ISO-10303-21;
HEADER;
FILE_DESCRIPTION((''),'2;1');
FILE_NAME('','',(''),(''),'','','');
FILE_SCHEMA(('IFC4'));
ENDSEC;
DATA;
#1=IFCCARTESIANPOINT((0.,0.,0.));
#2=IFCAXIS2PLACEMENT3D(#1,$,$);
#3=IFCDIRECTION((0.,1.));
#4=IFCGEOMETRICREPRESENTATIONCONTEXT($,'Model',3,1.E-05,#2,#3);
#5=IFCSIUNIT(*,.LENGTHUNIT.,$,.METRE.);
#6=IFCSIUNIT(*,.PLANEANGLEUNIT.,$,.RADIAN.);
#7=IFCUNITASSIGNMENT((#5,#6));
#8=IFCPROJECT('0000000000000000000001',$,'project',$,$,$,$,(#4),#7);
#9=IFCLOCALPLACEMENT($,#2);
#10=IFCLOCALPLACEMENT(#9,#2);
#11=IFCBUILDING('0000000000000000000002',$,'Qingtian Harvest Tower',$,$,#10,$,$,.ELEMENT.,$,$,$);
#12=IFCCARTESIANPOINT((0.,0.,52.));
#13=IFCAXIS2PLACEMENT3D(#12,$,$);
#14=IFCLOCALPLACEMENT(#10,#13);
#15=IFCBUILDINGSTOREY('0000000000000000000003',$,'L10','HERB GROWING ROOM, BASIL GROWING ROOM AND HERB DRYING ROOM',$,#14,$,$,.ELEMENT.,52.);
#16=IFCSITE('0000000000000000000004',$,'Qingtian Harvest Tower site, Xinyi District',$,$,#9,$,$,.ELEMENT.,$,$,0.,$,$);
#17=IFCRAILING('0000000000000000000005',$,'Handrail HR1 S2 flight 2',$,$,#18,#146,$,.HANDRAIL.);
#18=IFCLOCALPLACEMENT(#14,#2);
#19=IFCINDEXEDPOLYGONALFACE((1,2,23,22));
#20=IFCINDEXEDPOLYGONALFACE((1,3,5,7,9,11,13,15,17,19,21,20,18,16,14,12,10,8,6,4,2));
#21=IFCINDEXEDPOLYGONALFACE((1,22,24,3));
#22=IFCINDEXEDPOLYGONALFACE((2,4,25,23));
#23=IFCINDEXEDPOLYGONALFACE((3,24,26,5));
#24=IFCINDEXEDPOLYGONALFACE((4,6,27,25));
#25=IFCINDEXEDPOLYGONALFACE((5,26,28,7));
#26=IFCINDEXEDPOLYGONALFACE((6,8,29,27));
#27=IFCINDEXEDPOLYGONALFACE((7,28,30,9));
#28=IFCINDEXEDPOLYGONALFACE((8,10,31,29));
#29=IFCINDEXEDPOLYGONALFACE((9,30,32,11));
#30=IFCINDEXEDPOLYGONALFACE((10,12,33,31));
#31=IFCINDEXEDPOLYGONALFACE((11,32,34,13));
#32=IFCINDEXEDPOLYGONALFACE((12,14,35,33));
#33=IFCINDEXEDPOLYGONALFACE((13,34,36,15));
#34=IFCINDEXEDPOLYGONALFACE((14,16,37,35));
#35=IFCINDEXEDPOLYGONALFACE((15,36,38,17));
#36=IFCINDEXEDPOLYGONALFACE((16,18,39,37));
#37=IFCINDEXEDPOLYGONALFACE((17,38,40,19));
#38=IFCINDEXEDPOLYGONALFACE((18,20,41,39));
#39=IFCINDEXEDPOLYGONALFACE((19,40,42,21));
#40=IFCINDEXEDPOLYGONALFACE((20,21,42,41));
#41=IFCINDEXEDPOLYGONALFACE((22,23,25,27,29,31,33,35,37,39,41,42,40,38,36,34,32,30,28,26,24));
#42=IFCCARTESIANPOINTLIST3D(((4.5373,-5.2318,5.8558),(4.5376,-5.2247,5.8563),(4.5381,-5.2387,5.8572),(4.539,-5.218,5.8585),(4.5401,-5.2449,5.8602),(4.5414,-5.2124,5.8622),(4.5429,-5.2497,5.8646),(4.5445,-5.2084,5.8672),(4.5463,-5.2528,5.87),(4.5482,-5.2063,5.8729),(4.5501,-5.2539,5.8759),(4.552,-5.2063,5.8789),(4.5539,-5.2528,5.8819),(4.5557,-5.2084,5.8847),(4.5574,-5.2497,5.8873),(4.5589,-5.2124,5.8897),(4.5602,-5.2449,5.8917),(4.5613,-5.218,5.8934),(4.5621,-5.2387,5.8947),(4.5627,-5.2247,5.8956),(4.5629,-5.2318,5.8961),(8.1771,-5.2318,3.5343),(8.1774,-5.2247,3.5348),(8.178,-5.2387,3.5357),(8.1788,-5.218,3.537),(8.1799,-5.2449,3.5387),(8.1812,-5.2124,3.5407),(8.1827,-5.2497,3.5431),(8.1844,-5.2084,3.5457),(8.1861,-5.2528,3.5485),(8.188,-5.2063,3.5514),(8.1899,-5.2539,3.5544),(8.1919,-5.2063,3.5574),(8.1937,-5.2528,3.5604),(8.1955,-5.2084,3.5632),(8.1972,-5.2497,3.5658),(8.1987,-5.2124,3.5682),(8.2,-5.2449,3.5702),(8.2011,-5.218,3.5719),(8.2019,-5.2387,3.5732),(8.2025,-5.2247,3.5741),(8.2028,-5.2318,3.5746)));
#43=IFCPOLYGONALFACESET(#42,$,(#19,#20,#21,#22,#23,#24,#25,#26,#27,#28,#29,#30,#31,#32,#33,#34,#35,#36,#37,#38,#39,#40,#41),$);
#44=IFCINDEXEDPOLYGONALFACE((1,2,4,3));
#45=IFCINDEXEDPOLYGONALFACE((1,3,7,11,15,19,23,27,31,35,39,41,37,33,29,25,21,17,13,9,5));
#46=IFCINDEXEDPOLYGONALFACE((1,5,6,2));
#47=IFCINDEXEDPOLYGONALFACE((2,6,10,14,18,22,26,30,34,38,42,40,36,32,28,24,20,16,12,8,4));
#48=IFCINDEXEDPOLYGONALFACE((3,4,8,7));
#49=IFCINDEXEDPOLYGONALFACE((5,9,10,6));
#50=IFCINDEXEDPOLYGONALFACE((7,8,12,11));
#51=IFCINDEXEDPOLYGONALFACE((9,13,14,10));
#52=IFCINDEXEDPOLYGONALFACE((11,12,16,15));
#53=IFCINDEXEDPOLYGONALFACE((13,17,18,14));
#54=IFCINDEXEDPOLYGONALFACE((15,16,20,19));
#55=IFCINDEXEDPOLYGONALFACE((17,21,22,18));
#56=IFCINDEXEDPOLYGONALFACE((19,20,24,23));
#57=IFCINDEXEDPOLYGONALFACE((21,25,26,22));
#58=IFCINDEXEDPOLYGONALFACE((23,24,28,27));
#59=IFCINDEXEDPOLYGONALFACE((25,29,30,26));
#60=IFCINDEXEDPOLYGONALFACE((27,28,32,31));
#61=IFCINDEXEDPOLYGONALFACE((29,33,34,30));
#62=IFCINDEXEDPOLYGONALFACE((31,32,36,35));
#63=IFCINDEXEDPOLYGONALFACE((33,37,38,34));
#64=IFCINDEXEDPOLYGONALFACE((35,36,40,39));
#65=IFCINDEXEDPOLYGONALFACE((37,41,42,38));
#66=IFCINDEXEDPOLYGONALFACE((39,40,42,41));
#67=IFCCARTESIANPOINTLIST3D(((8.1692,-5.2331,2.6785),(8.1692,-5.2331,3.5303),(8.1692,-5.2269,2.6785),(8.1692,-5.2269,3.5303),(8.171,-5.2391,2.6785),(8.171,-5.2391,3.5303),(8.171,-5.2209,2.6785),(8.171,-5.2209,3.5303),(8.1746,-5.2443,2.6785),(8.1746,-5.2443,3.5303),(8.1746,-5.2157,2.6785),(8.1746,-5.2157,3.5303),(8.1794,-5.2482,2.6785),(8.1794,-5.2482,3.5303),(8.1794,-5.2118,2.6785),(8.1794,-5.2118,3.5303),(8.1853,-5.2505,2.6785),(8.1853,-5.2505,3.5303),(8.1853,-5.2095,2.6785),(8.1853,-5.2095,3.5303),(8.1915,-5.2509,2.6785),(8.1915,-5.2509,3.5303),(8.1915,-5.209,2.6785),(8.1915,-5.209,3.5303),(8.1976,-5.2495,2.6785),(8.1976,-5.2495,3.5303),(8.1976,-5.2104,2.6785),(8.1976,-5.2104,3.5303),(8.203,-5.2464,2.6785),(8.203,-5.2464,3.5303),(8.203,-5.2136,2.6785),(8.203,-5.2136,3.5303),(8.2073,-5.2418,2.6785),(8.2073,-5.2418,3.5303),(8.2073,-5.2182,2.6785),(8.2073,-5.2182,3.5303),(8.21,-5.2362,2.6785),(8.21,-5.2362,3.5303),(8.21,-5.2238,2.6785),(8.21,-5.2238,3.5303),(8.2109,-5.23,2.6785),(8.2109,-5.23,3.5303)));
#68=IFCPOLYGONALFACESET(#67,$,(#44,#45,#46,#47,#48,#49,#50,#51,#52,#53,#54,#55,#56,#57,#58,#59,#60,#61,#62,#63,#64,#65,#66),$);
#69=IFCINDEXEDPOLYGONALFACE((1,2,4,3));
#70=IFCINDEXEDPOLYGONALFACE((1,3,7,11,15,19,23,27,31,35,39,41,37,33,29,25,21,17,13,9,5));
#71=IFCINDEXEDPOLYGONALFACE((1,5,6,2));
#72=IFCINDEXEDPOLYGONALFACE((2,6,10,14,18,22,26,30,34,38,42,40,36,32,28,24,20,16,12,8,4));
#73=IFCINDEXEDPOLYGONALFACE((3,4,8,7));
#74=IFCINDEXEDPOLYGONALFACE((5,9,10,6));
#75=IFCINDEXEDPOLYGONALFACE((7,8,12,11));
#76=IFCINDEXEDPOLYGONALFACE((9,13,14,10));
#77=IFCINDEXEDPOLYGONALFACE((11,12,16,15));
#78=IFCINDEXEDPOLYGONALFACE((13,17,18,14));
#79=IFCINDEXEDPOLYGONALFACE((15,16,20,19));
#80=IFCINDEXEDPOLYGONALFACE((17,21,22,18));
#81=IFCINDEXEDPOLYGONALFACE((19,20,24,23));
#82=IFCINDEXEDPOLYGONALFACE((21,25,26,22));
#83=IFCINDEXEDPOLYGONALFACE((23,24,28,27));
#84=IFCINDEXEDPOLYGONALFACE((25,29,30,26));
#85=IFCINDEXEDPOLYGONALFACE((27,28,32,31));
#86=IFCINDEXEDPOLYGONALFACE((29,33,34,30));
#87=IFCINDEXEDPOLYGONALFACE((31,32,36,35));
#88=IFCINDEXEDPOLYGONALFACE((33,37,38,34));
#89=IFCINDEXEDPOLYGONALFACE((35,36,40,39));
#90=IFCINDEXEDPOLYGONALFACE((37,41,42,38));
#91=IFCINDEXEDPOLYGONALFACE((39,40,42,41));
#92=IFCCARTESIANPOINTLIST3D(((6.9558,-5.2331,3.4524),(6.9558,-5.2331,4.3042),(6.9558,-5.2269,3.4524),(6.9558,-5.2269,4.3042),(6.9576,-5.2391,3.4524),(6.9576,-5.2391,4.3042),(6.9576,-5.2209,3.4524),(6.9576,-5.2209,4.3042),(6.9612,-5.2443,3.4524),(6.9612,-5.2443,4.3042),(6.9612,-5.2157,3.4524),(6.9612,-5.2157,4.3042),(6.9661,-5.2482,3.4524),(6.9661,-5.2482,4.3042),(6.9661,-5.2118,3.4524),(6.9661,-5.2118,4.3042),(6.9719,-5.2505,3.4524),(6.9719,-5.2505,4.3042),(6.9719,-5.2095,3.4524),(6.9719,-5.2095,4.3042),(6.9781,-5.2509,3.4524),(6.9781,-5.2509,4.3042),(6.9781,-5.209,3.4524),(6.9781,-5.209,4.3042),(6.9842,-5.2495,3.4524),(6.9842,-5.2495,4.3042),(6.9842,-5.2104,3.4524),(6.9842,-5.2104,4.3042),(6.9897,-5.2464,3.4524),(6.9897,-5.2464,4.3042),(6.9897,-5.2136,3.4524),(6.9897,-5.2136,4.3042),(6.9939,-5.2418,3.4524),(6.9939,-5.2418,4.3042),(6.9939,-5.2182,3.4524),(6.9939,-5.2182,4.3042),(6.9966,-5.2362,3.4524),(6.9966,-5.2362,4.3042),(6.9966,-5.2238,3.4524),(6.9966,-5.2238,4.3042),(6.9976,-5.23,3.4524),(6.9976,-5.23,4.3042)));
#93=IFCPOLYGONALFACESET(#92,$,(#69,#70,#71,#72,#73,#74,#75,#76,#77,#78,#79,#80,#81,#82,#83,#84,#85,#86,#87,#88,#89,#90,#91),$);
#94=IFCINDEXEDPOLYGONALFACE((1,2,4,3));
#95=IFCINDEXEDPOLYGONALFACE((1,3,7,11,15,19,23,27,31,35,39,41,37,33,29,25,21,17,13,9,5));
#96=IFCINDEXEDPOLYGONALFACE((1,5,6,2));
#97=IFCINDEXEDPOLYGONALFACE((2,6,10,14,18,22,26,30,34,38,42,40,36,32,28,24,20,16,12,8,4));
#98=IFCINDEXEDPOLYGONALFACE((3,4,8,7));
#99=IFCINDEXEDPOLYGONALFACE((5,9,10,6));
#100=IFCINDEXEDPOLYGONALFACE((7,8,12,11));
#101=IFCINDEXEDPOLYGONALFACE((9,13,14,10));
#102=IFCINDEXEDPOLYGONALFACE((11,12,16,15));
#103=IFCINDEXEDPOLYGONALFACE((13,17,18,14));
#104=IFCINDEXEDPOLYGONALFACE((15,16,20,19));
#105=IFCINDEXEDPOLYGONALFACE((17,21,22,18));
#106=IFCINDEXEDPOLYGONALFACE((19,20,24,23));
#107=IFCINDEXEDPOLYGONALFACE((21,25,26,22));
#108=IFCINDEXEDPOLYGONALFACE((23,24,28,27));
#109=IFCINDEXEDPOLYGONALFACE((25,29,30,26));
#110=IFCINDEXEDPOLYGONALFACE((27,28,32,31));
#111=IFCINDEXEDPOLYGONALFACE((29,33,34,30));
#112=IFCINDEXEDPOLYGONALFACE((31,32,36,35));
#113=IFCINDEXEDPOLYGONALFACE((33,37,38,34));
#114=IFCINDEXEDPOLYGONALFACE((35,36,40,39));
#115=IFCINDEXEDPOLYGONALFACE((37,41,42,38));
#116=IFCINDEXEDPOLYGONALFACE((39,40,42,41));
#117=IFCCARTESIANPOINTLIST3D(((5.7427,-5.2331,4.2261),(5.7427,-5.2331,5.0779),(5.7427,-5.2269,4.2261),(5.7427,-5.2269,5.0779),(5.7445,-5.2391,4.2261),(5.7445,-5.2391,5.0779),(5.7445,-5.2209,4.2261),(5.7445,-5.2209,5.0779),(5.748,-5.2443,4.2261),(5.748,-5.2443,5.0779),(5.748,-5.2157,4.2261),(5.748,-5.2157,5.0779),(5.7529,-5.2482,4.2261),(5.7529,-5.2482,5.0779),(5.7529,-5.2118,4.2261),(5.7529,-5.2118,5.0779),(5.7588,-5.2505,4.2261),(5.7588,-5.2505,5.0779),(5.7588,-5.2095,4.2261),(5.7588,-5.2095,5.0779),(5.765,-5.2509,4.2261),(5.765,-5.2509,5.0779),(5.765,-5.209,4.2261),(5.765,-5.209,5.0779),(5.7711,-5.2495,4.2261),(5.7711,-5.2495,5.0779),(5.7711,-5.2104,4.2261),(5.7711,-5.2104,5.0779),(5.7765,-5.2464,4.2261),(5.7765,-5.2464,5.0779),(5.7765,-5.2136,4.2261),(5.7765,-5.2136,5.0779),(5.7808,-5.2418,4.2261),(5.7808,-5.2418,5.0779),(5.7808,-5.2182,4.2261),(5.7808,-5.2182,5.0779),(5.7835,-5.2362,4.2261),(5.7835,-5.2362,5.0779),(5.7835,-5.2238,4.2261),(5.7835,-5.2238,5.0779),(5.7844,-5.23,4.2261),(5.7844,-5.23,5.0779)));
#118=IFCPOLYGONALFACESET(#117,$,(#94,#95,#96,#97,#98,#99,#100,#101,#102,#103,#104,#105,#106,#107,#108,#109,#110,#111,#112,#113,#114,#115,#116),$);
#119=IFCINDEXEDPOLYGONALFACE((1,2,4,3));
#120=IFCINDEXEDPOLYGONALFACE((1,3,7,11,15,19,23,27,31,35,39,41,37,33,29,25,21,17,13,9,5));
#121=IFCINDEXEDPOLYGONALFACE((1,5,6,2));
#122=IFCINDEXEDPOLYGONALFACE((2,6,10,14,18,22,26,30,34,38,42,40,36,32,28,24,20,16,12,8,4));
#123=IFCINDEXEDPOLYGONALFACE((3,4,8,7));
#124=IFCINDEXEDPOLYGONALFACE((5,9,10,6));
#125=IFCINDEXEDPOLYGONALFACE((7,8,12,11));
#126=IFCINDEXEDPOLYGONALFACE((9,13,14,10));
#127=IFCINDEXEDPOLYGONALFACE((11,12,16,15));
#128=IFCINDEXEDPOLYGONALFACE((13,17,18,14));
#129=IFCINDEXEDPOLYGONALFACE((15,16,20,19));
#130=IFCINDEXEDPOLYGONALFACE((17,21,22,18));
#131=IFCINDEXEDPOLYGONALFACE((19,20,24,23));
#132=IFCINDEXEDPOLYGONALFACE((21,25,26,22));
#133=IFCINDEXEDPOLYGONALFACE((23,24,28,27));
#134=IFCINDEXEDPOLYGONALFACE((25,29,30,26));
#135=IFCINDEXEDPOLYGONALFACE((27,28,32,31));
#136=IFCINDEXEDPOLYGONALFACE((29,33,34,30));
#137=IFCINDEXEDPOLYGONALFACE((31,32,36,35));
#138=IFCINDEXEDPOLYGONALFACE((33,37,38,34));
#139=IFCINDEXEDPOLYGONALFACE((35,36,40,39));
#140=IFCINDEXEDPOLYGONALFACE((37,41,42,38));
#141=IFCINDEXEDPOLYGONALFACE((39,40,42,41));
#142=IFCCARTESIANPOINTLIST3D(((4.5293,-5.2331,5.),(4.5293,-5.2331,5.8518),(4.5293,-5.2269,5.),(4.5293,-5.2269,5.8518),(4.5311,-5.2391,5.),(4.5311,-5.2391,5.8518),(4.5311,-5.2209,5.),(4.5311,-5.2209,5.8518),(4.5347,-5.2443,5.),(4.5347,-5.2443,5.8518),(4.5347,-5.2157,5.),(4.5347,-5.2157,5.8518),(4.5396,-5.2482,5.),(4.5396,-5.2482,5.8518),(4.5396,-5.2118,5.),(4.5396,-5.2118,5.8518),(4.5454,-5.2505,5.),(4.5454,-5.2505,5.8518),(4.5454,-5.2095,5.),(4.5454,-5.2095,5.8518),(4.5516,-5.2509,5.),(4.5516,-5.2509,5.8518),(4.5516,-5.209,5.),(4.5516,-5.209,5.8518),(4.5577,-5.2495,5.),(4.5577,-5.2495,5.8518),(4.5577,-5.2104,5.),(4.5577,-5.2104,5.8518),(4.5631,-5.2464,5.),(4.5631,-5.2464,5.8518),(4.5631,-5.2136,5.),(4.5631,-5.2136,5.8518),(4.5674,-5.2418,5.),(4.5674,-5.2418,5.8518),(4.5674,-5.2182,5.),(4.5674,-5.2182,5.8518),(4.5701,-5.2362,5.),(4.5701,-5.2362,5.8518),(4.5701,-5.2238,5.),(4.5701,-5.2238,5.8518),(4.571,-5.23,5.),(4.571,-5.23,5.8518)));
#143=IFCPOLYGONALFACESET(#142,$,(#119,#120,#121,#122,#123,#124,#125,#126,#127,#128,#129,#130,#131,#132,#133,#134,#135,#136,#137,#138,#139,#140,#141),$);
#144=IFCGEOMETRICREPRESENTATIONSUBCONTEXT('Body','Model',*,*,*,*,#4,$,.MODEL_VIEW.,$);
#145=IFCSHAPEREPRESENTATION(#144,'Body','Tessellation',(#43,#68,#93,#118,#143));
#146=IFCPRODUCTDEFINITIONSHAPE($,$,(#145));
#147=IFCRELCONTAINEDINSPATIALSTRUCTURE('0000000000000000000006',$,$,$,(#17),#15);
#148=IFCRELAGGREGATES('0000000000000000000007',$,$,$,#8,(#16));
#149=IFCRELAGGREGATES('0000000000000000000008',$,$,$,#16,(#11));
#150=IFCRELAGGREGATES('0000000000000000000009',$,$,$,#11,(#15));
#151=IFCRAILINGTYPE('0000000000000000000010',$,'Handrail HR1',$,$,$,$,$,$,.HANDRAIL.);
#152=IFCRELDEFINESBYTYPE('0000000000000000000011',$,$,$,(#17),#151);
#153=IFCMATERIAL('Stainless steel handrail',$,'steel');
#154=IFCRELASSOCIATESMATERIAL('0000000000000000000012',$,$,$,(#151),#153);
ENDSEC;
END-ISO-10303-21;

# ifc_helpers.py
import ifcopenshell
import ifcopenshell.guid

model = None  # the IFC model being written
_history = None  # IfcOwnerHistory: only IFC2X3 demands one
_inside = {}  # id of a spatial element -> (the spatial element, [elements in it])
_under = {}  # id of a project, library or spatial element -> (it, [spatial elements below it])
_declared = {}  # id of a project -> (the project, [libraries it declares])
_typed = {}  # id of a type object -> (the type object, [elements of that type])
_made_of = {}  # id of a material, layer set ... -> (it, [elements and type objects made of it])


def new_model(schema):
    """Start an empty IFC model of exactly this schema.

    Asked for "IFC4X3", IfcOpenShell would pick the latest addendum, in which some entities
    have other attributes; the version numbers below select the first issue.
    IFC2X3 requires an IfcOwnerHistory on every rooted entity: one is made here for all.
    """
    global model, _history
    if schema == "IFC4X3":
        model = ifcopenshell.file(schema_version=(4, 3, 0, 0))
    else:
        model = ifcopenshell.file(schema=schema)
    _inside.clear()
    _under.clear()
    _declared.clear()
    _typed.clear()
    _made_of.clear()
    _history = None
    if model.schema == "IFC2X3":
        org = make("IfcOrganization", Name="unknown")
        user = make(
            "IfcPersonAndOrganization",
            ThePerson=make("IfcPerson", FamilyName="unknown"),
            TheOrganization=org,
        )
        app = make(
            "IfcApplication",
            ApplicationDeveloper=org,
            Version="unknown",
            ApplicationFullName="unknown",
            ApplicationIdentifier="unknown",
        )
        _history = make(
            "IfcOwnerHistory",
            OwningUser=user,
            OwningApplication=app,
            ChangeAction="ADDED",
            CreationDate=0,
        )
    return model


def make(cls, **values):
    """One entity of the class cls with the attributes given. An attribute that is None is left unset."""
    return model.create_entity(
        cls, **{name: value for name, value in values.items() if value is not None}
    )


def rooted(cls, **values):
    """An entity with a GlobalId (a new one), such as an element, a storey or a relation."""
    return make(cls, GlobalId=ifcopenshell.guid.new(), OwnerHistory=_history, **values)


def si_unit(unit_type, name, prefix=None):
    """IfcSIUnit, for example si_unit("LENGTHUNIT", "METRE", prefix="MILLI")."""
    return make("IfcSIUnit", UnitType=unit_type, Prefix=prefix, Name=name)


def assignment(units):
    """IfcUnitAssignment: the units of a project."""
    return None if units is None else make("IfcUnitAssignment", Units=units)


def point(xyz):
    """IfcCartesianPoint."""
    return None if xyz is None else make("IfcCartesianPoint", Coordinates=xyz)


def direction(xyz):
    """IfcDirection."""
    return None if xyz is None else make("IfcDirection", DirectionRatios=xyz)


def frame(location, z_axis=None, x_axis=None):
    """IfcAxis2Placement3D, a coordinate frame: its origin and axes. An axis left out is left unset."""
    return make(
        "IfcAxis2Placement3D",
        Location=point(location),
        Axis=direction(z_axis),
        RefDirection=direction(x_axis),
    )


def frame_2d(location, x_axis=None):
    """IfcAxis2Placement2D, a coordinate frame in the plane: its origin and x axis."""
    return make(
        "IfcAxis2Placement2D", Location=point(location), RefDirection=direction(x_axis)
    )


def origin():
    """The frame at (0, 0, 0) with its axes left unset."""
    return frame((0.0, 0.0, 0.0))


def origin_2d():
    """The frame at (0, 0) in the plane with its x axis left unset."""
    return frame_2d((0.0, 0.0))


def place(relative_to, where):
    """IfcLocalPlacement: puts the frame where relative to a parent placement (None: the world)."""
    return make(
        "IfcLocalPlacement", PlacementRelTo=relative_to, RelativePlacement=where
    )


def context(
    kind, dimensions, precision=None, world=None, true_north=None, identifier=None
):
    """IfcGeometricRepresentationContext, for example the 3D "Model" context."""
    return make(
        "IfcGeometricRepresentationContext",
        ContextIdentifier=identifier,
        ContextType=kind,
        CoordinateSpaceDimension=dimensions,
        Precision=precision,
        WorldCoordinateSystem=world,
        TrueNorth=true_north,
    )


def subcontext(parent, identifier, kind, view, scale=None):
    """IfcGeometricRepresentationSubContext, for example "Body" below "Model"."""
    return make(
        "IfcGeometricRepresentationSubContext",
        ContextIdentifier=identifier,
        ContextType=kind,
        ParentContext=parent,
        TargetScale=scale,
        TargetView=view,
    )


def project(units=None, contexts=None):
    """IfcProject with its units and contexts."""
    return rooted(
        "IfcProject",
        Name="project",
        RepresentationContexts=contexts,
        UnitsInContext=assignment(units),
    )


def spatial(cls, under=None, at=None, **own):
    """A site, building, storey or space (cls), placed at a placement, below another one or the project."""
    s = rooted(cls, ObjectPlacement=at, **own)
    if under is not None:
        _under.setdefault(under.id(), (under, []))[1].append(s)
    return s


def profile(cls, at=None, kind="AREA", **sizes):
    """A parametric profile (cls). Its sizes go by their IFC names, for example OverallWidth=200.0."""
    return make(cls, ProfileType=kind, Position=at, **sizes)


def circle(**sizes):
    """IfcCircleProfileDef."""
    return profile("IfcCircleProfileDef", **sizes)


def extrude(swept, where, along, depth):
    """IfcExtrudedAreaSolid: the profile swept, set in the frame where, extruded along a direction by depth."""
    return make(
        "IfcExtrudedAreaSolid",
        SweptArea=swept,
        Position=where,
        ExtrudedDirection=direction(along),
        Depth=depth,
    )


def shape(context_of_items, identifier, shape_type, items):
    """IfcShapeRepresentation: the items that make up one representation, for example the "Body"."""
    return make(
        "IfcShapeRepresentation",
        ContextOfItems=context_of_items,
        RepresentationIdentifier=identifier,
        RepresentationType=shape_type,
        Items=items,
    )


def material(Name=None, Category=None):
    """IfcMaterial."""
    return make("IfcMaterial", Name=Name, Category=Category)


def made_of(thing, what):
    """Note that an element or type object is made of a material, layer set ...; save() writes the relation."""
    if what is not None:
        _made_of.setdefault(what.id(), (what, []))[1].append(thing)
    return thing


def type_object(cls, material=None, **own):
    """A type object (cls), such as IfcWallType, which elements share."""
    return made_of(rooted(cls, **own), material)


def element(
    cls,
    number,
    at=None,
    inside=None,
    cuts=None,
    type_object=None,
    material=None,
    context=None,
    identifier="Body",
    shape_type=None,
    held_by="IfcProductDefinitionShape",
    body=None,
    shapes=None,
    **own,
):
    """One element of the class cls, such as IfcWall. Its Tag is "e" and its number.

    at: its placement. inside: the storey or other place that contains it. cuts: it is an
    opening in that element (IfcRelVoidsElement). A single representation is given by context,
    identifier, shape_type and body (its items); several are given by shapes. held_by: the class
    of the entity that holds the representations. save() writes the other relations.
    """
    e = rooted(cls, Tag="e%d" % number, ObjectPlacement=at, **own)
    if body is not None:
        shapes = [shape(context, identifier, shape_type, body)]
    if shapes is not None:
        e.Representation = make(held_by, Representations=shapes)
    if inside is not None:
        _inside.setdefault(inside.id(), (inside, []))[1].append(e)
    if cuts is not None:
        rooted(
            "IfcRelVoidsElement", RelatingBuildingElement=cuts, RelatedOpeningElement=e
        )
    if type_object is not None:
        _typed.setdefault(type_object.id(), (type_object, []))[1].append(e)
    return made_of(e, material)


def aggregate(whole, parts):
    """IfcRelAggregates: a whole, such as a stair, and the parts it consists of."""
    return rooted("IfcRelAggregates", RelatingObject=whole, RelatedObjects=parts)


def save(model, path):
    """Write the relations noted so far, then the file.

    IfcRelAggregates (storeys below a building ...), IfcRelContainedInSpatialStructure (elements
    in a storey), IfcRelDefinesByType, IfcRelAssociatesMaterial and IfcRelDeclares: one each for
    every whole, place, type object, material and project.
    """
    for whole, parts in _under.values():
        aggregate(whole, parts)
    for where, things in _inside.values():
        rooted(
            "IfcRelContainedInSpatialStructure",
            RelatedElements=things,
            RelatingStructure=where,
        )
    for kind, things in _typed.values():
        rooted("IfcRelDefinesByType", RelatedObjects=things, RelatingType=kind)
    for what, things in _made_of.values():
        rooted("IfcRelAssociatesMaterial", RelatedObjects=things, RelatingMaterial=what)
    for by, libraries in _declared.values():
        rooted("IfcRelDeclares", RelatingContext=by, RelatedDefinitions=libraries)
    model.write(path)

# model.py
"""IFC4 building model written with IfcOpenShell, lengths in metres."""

from ifc_helpers import new_model, si_unit, direction, frame, origin, origin_2d, place, context, subcontext, project, spatial, circle, extrude, material, type_object, element, save


model = new_model("IFC4")

# Units and contexts
model_context = context("Model", 3, precision=1e-05, world=origin(), true_north=direction((0.0, 1.0)))
body_context = subcontext(model_context, "Body", "Model", "MODEL_VIEW")
ifc_project = project(units=[si_unit("LENGTHUNIT", "METRE"), si_unit("PLANEANGLEUNIT", "RADIAN")], contexts=[model_context])

# Site, building, storey
site_placement = place(None, origin())
site = spatial("IfcSite", under=ifc_project, at=site_placement, Name="Qingtian Harvest Tower site, Xinyi District", CompositionType="ELEMENT", RefElevation=0.0)
building_placement = place(site_placement, origin())
building = spatial("IfcBuilding", under=site, at=building_placement, Name="Qingtian Harvest Tower", CompositionType="ELEMENT")
storey_placement = place(building_placement, frame((0.0, 0.0, 52.0)))
storey = spatial("IfcBuildingStorey", under=building, at=storey_placement, Name="L10", Description="HERB GROWING ROOM, BASIL GROWING ROOM AND HERB DRYING ROOM", CompositionType="ELEMENT", Elevation=52.0)

# Railing
ifc_material_1 = material(Name="Stainless steel handrail", Category="steel")
railing_type = type_object("IfcRailingType", Name="Handrail HR1", PredefinedType="HANDRAIL", material=ifc_material_1)
railing_1_placement = place(storey_placement, frame((8.1899, -5.23, 2.6785)))
element("IfcRailing", 1, at=railing_1_placement, inside=storey, type_object=railing_type, Name="Handrail HR1 S2 flight 2", PredefinedType="HANDRAIL", context=body_context, shape_type="SweptSolid", body=[
    extrude(circle(Radius=0.0239, at=origin_2d()), frame((0.0, 0.0, 0.876), z_axis=(-0.843112, 0.0, 0.537739), x_axis=(0.0, -1.0, 0.0)), (0.0, 0.0, 1.0), 4.3171),
    extrude(circle(Radius=0.021, at=origin_2d()), origin(), (0.0, 0.0, 1.0), 0.8518),
    extrude(circle(Radius=0.021, at=origin_2d()), frame((-1.2134, 0.0, 0.7739)), (0.0, 0.0, 1.0), 0.8518),
    extrude(circle(Radius=0.021, at=origin_2d()), frame((-2.4265, 0.0, 1.5476)), (0.0, 0.0, 1.0), 0.8518),
    extrude(circle(Radius=0.021, at=origin_2d()), frame((-3.6399, 0.0, 2.3215)), (0.0, 0.0, 1.0), 0.8518),
])

save(model, "model.ifc")
